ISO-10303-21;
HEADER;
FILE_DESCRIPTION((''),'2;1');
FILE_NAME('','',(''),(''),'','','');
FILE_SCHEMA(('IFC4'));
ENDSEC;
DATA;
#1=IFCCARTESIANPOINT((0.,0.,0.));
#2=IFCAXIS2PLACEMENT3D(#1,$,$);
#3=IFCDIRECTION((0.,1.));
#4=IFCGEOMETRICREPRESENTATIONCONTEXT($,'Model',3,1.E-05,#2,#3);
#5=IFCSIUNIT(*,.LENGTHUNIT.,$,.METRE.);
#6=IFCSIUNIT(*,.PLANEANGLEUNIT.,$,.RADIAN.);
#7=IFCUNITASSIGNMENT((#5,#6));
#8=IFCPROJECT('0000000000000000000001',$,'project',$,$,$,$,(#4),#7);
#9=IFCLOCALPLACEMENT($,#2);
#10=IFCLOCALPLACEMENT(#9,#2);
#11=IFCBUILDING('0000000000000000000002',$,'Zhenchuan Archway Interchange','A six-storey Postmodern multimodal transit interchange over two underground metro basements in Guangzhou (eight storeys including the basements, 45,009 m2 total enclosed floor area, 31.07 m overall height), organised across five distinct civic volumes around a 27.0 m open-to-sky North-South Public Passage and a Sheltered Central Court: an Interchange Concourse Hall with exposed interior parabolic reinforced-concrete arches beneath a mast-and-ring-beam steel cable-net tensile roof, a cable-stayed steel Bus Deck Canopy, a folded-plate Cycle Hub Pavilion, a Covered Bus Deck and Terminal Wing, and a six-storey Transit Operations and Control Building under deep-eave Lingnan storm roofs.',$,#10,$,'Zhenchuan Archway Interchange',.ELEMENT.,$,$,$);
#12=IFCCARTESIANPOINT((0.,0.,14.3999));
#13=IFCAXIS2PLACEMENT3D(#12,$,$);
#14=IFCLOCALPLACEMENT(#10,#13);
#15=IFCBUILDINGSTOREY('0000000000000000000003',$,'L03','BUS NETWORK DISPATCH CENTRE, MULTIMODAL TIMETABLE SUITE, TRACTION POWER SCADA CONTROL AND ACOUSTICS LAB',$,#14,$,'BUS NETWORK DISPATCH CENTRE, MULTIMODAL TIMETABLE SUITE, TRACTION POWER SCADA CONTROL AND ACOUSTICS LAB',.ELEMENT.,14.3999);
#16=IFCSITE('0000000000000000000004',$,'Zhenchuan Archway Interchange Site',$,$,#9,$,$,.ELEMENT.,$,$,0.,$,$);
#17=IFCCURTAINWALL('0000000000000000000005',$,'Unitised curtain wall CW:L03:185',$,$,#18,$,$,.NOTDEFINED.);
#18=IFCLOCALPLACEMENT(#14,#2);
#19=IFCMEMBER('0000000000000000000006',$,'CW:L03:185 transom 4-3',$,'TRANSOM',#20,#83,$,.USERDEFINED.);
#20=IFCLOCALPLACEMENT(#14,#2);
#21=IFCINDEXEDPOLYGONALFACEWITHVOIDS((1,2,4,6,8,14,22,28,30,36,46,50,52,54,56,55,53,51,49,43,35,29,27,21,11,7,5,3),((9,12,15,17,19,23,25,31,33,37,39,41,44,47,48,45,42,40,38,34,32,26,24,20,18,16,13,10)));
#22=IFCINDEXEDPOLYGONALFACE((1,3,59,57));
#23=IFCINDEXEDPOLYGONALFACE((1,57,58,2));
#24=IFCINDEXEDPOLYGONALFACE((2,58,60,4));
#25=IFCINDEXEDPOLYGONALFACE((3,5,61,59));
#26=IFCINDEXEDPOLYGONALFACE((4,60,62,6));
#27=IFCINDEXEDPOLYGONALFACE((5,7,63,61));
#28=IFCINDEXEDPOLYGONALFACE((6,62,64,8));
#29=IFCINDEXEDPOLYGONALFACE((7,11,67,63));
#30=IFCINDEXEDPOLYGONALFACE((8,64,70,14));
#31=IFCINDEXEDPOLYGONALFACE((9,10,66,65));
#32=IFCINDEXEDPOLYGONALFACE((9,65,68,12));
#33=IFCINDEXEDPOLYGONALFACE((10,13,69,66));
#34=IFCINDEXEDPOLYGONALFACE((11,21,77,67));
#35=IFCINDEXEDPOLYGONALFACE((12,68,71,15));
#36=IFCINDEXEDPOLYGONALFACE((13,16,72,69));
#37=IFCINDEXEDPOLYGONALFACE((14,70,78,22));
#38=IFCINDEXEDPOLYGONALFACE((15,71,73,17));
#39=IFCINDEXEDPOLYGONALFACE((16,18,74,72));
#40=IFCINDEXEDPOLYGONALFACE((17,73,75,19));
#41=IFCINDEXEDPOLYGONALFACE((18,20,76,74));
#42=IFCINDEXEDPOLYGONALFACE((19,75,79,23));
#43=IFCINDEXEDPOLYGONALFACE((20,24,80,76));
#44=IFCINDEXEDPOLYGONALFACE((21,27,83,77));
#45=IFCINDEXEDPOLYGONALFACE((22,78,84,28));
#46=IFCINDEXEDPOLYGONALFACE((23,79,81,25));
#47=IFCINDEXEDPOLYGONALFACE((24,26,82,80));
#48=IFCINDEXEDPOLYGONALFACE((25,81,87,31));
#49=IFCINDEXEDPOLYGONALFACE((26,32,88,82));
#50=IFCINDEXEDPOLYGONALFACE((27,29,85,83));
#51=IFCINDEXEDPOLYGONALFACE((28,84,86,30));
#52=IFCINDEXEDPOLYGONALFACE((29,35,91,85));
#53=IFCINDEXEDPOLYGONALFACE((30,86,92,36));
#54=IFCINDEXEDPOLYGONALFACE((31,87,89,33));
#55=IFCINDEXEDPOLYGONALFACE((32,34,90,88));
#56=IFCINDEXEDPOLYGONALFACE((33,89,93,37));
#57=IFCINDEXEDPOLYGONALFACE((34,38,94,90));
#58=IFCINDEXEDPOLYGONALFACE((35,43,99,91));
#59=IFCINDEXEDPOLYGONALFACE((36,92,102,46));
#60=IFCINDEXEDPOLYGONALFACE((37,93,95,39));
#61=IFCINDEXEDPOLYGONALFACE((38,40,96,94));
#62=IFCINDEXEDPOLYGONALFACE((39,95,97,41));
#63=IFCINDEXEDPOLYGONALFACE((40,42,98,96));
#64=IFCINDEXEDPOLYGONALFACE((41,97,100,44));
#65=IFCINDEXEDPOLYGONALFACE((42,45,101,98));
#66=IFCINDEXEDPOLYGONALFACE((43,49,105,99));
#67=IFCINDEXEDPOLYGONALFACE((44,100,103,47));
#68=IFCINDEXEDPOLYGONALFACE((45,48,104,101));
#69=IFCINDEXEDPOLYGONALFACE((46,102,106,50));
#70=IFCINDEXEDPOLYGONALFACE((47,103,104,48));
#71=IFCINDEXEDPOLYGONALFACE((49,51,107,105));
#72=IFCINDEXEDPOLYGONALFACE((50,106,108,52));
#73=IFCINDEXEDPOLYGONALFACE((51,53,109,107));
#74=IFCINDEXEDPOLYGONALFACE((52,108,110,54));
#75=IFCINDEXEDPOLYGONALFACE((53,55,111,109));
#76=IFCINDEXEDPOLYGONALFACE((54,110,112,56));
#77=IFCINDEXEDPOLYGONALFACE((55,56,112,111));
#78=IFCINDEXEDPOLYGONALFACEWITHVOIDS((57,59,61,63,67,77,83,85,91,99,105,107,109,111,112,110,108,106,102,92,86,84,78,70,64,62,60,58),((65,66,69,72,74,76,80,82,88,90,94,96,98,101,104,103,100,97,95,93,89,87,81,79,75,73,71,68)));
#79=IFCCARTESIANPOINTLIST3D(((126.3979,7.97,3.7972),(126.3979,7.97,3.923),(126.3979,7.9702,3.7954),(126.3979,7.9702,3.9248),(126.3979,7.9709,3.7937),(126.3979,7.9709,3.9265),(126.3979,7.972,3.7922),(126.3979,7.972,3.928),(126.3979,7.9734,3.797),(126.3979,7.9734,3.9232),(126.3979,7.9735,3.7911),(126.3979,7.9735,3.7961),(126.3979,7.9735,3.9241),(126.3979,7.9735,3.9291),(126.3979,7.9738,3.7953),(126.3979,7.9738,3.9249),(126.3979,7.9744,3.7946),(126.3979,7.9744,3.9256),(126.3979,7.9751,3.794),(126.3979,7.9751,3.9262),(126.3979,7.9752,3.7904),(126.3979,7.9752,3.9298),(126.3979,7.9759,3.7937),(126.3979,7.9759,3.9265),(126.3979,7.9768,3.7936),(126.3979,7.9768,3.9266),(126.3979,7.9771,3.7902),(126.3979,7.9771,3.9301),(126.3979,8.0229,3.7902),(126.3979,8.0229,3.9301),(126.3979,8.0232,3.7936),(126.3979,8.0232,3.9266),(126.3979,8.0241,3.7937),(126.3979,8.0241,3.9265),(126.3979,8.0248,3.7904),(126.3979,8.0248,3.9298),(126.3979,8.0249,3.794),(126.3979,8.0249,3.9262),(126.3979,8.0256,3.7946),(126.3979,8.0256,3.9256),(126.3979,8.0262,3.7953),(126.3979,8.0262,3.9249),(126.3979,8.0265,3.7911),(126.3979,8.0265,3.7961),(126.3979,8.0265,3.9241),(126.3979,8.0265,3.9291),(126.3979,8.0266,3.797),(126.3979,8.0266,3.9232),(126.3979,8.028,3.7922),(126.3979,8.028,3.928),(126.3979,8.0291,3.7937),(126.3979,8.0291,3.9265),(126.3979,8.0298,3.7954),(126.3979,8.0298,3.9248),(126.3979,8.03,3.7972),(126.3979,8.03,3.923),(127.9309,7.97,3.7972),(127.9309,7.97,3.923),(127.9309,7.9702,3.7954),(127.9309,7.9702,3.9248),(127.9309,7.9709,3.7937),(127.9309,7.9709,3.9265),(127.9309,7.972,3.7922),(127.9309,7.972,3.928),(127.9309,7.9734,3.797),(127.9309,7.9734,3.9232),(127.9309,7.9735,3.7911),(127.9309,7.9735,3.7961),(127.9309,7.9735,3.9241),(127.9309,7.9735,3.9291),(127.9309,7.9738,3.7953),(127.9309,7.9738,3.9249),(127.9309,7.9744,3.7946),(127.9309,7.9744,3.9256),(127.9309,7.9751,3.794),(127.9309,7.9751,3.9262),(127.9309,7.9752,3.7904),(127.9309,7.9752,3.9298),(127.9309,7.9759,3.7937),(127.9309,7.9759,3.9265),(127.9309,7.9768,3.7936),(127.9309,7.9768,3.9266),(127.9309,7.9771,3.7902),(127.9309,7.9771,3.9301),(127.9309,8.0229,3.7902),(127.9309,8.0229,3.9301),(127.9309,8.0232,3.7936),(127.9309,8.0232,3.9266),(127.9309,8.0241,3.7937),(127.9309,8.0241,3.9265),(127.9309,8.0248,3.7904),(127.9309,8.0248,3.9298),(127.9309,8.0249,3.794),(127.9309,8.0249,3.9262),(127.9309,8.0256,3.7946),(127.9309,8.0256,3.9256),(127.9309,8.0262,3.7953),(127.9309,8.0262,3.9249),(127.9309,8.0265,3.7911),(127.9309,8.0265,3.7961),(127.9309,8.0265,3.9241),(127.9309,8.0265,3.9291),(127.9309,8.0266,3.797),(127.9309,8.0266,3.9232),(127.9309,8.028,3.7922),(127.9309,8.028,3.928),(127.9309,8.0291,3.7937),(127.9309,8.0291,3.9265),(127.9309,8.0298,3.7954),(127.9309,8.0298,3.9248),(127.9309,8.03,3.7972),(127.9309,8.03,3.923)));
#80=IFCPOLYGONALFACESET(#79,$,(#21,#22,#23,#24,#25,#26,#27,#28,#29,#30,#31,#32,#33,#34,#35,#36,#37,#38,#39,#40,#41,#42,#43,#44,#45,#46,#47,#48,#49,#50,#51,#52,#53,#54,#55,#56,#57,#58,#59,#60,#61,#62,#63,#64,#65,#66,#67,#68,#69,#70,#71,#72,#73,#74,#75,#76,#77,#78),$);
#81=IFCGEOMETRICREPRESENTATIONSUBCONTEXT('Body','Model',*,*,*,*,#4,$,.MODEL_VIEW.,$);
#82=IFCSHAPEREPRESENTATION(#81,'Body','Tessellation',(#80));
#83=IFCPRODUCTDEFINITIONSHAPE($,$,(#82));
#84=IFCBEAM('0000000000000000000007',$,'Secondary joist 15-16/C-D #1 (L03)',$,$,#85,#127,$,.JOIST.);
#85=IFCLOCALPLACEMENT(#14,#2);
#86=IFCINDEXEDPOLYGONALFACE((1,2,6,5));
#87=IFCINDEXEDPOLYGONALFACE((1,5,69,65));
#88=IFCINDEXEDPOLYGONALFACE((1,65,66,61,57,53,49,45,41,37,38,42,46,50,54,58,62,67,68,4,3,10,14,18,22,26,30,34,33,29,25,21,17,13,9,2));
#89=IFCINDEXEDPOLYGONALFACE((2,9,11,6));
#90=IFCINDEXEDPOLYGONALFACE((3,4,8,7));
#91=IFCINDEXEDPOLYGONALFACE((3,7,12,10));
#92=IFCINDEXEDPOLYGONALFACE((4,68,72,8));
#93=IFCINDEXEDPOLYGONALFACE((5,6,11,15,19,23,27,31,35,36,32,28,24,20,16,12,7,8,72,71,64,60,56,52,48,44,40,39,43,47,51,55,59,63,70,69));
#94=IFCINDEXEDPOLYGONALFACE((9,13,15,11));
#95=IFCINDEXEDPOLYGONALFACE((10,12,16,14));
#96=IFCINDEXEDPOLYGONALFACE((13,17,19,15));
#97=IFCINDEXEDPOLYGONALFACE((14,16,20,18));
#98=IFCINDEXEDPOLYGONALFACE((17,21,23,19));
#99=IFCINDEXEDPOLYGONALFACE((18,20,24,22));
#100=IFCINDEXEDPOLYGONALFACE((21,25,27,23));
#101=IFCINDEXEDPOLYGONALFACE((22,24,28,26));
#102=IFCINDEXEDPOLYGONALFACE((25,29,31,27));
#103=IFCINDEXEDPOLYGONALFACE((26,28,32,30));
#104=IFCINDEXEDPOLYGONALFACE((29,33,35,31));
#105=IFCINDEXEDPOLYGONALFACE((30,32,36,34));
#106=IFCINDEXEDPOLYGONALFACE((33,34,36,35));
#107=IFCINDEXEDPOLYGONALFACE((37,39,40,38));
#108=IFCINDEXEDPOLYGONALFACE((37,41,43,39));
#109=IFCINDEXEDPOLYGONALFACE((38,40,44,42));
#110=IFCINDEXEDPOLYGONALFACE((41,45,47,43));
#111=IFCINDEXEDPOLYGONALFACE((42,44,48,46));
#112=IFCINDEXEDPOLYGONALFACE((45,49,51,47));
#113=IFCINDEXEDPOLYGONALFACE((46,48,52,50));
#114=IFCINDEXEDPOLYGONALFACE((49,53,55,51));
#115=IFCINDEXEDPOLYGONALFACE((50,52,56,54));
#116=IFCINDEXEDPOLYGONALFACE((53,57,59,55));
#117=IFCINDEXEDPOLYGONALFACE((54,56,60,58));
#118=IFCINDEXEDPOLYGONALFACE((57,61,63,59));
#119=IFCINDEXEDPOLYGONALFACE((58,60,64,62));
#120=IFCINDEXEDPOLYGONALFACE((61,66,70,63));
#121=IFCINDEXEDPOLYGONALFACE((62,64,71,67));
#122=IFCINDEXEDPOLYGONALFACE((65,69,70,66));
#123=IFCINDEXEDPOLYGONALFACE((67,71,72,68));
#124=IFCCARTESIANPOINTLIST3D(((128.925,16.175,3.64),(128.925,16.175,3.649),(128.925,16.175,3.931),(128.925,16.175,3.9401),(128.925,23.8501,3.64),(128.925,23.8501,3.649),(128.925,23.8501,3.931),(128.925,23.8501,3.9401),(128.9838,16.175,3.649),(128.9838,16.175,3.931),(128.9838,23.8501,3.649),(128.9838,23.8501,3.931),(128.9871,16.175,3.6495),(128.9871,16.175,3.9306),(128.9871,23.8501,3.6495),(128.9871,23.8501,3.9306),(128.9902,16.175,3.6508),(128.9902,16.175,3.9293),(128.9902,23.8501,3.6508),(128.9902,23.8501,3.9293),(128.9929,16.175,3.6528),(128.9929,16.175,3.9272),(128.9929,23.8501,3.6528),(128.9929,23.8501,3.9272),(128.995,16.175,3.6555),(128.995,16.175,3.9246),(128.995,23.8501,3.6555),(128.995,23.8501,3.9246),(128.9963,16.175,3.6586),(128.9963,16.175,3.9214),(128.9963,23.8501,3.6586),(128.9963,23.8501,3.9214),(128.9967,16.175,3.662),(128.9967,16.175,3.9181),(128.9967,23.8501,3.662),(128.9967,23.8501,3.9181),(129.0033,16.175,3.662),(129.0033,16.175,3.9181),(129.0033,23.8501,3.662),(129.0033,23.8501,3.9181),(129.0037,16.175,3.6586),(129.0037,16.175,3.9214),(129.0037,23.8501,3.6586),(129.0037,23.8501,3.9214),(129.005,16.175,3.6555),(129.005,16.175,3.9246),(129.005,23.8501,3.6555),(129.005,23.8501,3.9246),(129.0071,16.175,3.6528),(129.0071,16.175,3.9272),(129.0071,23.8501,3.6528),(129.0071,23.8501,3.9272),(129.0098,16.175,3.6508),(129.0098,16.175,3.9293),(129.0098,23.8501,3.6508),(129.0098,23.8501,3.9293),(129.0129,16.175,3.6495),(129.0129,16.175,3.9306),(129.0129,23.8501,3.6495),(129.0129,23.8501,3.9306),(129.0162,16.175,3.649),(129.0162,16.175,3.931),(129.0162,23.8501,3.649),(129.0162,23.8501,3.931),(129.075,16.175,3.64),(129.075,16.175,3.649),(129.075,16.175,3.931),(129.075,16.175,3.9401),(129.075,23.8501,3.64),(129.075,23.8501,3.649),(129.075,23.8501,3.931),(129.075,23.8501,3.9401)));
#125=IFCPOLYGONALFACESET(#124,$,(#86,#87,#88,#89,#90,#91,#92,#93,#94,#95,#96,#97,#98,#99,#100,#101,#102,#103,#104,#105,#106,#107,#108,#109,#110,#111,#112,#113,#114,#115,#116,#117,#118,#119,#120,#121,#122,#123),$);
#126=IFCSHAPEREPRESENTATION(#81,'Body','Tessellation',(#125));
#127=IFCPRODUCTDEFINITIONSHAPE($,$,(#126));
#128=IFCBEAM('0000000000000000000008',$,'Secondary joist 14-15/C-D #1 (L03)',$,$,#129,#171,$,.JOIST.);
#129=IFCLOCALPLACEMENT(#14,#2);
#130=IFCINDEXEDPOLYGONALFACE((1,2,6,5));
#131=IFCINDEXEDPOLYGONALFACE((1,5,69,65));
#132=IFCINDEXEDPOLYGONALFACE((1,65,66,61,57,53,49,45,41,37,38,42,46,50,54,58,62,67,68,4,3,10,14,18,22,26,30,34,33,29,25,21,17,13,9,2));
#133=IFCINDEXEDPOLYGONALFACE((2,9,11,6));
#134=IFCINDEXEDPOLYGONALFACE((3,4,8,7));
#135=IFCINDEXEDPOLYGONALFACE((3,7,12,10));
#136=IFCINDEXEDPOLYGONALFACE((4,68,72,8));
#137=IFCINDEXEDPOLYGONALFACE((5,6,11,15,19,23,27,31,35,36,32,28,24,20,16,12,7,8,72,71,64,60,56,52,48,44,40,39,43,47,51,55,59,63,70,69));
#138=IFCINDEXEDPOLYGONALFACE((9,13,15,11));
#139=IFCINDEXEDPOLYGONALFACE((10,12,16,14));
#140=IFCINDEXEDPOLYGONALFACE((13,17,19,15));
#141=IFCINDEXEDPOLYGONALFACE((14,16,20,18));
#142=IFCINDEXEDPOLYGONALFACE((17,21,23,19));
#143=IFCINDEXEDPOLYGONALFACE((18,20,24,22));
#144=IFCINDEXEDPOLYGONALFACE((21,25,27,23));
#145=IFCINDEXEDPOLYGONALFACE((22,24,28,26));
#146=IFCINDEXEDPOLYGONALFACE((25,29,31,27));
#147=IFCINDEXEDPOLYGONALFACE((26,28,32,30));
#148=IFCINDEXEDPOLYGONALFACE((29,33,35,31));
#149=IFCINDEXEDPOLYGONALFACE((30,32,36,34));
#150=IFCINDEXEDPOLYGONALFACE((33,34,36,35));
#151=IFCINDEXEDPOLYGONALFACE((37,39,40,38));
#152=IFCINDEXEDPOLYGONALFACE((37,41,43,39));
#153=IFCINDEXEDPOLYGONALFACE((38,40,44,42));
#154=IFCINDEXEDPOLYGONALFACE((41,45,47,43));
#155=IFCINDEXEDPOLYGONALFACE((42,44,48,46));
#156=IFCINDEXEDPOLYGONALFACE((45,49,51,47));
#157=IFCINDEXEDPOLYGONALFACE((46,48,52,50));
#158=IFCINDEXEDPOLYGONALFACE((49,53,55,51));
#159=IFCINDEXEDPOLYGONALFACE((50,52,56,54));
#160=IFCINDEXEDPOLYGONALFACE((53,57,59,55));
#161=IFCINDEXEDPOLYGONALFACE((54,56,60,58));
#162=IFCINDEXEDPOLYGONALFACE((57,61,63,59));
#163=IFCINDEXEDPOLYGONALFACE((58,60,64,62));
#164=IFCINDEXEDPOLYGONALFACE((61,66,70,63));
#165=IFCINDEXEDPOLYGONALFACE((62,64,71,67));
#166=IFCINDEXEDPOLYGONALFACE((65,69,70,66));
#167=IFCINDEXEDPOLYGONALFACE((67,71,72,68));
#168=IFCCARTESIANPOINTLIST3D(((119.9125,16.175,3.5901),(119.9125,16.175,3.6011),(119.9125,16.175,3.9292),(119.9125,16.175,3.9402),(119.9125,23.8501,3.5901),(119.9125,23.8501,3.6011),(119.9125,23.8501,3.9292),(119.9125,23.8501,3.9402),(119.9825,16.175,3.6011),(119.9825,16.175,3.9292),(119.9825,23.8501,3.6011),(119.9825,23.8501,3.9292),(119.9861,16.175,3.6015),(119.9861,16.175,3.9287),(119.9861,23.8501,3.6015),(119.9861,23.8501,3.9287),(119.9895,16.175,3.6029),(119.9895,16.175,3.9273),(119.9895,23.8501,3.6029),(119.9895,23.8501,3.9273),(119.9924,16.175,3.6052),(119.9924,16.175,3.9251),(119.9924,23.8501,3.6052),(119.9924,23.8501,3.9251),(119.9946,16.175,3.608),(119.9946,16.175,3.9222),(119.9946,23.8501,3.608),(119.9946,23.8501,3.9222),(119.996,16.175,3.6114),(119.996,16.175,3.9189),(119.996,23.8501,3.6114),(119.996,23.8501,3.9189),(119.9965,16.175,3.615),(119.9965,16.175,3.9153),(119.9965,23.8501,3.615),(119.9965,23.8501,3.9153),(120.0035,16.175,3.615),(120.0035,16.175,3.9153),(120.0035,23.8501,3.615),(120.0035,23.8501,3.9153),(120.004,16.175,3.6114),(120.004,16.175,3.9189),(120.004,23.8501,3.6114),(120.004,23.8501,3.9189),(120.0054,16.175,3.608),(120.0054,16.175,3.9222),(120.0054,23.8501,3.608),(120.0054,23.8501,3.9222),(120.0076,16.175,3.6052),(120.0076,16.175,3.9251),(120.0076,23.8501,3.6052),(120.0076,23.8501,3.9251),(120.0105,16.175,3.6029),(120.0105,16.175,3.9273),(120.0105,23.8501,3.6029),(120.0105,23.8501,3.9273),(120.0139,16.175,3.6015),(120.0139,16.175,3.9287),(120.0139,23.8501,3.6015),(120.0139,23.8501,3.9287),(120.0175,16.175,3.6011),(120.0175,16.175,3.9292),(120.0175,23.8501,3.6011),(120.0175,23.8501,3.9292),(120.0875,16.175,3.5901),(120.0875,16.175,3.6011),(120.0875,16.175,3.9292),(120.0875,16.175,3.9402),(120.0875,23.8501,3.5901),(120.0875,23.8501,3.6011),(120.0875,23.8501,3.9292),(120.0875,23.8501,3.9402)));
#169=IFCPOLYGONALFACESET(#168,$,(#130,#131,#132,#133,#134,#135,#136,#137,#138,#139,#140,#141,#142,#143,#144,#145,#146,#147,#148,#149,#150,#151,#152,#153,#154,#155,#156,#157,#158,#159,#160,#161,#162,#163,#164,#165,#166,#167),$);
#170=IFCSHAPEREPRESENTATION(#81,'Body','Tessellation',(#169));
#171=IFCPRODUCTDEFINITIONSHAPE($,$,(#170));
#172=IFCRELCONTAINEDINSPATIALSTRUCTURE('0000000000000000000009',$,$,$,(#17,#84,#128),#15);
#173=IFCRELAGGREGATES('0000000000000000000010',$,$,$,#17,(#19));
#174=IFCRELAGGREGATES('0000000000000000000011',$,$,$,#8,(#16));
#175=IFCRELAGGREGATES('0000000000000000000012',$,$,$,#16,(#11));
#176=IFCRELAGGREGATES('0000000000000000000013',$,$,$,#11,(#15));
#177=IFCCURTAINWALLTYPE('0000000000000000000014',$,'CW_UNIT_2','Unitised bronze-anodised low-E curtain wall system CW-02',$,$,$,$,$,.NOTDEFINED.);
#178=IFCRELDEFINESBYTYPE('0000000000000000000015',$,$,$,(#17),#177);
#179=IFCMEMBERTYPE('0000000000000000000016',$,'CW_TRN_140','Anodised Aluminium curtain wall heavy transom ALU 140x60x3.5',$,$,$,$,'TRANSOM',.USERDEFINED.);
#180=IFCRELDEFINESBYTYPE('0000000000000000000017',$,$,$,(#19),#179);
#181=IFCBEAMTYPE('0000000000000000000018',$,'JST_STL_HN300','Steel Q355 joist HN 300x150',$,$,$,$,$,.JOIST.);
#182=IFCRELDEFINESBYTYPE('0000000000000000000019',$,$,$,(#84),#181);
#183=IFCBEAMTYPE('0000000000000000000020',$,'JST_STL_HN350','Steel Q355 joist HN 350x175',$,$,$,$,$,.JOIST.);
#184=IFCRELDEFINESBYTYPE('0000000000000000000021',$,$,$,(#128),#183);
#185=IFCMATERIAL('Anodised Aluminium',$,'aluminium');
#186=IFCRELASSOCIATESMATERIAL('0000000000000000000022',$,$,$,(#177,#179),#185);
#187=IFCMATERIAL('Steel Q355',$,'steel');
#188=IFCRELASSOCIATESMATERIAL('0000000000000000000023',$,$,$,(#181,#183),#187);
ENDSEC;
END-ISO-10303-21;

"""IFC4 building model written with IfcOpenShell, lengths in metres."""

from ifc_helpers import new_model, si_unit, direction, frame, origin, origin_2d, place, context, subcontext, project, spatial, hollow_rectangle, i_section, extrude, material, material_profile, profile_set, type_object, element, aggregate, save


model = new_model("IFC4")

# Units and contexts
model_context = context("Model", 3, precision=1e-05, world=origin(), true_north=direction((0.0, 1.0)))
body_context = subcontext(model_context, "Body", "Model", "MODEL_VIEW")
ifc_project = project(units=[si_unit("LENGTHUNIT", "METRE"), si_unit("PLANEANGLEUNIT", "RADIAN")], contexts=[model_context])

# Site, building, storey
site_placement = place(None, origin())
site = spatial("IfcSite", under=ifc_project, at=site_placement, Name="Zhenchuan Archway Interchange Site", CompositionType="ELEMENT", RefElevation=0.0)
building_placement = place(site_placement, origin())
building = spatial("IfcBuilding", under=site, at=building_placement, Name="Zhenchuan Archway Interchange", Description="A six-storey Postmodern multimodal transit interchange over two underground metro basements in Guangzhou (eight storeys including the basements, 45,009 m2 total enclosed floor area, 31.07 m overall height), organised across five distinct civic volumes around a 27.0 m open-to-sky North-South Public Passage and a Sheltered Central Court: an Interchange Concourse Hall with exposed interior parabolic reinforced-concrete arches beneath a mast-and-ring-beam steel cable-net tensile roof, a cable-stayed steel Bus Deck Canopy, a folded-plate Cycle Hub Pavilion, a Covered Bus Deck and Terminal Wing, and a six-storey Transit Operations and Control Building under deep-eave Lingnan storm roofs.", LongName="Zhenchuan Archway Interchange", CompositionType="ELEMENT")
storey_placement = place(building_placement, frame((0.0, 0.0, 14.3999)))
storey = spatial("IfcBuildingStorey", under=building, at=storey_placement, Name="L03", Description="BUS NETWORK DISPATCH CENTRE, MULTIMODAL TIMETABLE SUITE, TRACTION POWER SCADA CONTROL AND ACOUSTICS LAB", LongName="BUS NETWORK DISPATCH CENTRE, MULTIMODAL TIMETABLE SUITE, TRACTION POWER SCADA CONTROL AND ACOUSTICS LAB", CompositionType="ELEMENT", Elevation=14.3999)

# Curtain wall, member
ifc_material_1 = material(Name="Anodised Aluminium", Category="aluminium")
curtain_wall_type = type_object("IfcCurtainWallType", Name="CW_UNIT_2", Description="Unitised bronze-anodised low-E curtain wall system CW-02", PredefinedType="NOTDEFINED", material=ifc_material_1)
curtain_wall_placement = place(storey_placement, origin())
curtain_wall = element("IfcCurtainWall", 1, at=curtain_wall_placement, inside=storey, type_object=curtain_wall_type, Name="Unitised curtain wall CW:L03:185", PredefinedType="NOTDEFINED")
ifc_material_profile_1 = material_profile(ifc_material_1, hollow_rectangle(XDim=0.0601, YDim=0.1399, WallThickness=0.0034, InnerFilletRadius=0.0034, OuterFilletRadius=0.0071, at=origin_2d()), Name="ALU 140x60x3.5")
ifc_profile_set_1 = profile_set([ifc_material_profile_1], Name="Anodised Aluminium")
member_type_1 = type_object("IfcMemberType", Name="CW_TRN_140", Description="Anodised Aluminium curtain wall heavy transom ALU 140x60x3.5", ElementType="TRANSOM", PredefinedType="USERDEFINED", material=ifc_profile_set_1)
member_1_placement = place(storey_placement, frame((127.9309, 8.0, 3.8601), z_axis=(-1.0, 0.0, 0.0), x_axis=(0.0, -1.0, 0.0)))
member_1 = element("IfcMember", 2, at=member_1_placement, type_object=member_type_1, Name="CW:L03:185 transom 4-3", ObjectType="TRANSOM", PredefinedType="USERDEFINED", context=body_context, shape_type="SweptSolid", body=[
    extrude(hollow_rectangle(XDim=0.0601, YDim=0.1399, WallThickness=0.0034, InnerFilletRadius=0.0034, OuterFilletRadius=0.0071, at=origin_2d()), origin(), (0.0, 0.0, 1.0), 1.533),
])

# Beams
ifc_material_2 = material(Name="Steel Q355", Category="steel")
ifc_material_profile_2 = material_profile(ifc_material_2, i_section(OverallWidth=0.1499, OverallDepth=0.3, WebThickness=0.0066, FlangeThickness=0.009, FilletRadius=0.0129, at=origin_2d()), Name="HN 300x150")
ifc_profile_set_2 = profile_set([ifc_material_profile_2], Name="Steel Q355")
beam_type_1 = type_object("IfcBeamType", Name="JST_STL_HN300", Description="Steel Q355 joist HN 300x150", PredefinedType="JOIST", material=ifc_profile_set_2)
beam_1_placement = place(storey_placement, frame((129.0, 16.175, 3.79), z_axis=(0.0, 1.0, 0.0), x_axis=(-1.0, 0.0, 0.0)))
element("IfcBeam", 3, at=beam_1_placement, inside=storey, type_object=beam_type_1, Name="Secondary joist 15-16/C-D #1 (L03)", PredefinedType="JOIST", context=body_context, shape_type="SweptSolid", body=[
    extrude(i_section(OverallWidth=0.1499, OverallDepth=0.3, WebThickness=0.0066, FlangeThickness=0.009, FilletRadius=0.0129, at=origin_2d()), origin(), (0.0, 0.0, 1.0), 7.675),
])
ifc_material_profile_3 = material_profile(ifc_material_2, i_section(OverallWidth=0.175, OverallDepth=0.3501, WebThickness=0.0071, FlangeThickness=0.011, FilletRadius=0.0139, at=origin_2d()), Name="HN 350x175")
ifc_profile_set_3 = profile_set([ifc_material_profile_3], Name="Steel Q355")
beam_type_2 = type_object("IfcBeamType", Name="JST_STL_HN350", Description="Steel Q355 joist HN 350x175", PredefinedType="JOIST", material=ifc_profile_set_3)
for number, where, z_axis, x_axis, name in (
    (4, (120.0, 16.175, 3.7651), (0.0, 1.0, 0.0), (-1.0, 0.0, 0.0), "Secondary joist 14-15/C-D #1 (L03)"),
):
    element("IfcBeam", number, at=place(storey_placement, frame(where, z_axis=z_axis, x_axis=x_axis)), inside=storey, type_object=beam_type_2, Name=name, PredefinedType="JOIST", context=body_context, shape_type="SweptSolid", body=[
        extrude(i_section(OverallWidth=0.175, OverallDepth=0.3501, WebThickness=0.0071, FlangeThickness=0.011, FilletRadius=0.0139, at=origin_2d()), origin(), (0.0, 0.0, 1.0), 7.675),
    ])

aggregate(curtain_wall, [member_1])

save(model, "model.ifc")
